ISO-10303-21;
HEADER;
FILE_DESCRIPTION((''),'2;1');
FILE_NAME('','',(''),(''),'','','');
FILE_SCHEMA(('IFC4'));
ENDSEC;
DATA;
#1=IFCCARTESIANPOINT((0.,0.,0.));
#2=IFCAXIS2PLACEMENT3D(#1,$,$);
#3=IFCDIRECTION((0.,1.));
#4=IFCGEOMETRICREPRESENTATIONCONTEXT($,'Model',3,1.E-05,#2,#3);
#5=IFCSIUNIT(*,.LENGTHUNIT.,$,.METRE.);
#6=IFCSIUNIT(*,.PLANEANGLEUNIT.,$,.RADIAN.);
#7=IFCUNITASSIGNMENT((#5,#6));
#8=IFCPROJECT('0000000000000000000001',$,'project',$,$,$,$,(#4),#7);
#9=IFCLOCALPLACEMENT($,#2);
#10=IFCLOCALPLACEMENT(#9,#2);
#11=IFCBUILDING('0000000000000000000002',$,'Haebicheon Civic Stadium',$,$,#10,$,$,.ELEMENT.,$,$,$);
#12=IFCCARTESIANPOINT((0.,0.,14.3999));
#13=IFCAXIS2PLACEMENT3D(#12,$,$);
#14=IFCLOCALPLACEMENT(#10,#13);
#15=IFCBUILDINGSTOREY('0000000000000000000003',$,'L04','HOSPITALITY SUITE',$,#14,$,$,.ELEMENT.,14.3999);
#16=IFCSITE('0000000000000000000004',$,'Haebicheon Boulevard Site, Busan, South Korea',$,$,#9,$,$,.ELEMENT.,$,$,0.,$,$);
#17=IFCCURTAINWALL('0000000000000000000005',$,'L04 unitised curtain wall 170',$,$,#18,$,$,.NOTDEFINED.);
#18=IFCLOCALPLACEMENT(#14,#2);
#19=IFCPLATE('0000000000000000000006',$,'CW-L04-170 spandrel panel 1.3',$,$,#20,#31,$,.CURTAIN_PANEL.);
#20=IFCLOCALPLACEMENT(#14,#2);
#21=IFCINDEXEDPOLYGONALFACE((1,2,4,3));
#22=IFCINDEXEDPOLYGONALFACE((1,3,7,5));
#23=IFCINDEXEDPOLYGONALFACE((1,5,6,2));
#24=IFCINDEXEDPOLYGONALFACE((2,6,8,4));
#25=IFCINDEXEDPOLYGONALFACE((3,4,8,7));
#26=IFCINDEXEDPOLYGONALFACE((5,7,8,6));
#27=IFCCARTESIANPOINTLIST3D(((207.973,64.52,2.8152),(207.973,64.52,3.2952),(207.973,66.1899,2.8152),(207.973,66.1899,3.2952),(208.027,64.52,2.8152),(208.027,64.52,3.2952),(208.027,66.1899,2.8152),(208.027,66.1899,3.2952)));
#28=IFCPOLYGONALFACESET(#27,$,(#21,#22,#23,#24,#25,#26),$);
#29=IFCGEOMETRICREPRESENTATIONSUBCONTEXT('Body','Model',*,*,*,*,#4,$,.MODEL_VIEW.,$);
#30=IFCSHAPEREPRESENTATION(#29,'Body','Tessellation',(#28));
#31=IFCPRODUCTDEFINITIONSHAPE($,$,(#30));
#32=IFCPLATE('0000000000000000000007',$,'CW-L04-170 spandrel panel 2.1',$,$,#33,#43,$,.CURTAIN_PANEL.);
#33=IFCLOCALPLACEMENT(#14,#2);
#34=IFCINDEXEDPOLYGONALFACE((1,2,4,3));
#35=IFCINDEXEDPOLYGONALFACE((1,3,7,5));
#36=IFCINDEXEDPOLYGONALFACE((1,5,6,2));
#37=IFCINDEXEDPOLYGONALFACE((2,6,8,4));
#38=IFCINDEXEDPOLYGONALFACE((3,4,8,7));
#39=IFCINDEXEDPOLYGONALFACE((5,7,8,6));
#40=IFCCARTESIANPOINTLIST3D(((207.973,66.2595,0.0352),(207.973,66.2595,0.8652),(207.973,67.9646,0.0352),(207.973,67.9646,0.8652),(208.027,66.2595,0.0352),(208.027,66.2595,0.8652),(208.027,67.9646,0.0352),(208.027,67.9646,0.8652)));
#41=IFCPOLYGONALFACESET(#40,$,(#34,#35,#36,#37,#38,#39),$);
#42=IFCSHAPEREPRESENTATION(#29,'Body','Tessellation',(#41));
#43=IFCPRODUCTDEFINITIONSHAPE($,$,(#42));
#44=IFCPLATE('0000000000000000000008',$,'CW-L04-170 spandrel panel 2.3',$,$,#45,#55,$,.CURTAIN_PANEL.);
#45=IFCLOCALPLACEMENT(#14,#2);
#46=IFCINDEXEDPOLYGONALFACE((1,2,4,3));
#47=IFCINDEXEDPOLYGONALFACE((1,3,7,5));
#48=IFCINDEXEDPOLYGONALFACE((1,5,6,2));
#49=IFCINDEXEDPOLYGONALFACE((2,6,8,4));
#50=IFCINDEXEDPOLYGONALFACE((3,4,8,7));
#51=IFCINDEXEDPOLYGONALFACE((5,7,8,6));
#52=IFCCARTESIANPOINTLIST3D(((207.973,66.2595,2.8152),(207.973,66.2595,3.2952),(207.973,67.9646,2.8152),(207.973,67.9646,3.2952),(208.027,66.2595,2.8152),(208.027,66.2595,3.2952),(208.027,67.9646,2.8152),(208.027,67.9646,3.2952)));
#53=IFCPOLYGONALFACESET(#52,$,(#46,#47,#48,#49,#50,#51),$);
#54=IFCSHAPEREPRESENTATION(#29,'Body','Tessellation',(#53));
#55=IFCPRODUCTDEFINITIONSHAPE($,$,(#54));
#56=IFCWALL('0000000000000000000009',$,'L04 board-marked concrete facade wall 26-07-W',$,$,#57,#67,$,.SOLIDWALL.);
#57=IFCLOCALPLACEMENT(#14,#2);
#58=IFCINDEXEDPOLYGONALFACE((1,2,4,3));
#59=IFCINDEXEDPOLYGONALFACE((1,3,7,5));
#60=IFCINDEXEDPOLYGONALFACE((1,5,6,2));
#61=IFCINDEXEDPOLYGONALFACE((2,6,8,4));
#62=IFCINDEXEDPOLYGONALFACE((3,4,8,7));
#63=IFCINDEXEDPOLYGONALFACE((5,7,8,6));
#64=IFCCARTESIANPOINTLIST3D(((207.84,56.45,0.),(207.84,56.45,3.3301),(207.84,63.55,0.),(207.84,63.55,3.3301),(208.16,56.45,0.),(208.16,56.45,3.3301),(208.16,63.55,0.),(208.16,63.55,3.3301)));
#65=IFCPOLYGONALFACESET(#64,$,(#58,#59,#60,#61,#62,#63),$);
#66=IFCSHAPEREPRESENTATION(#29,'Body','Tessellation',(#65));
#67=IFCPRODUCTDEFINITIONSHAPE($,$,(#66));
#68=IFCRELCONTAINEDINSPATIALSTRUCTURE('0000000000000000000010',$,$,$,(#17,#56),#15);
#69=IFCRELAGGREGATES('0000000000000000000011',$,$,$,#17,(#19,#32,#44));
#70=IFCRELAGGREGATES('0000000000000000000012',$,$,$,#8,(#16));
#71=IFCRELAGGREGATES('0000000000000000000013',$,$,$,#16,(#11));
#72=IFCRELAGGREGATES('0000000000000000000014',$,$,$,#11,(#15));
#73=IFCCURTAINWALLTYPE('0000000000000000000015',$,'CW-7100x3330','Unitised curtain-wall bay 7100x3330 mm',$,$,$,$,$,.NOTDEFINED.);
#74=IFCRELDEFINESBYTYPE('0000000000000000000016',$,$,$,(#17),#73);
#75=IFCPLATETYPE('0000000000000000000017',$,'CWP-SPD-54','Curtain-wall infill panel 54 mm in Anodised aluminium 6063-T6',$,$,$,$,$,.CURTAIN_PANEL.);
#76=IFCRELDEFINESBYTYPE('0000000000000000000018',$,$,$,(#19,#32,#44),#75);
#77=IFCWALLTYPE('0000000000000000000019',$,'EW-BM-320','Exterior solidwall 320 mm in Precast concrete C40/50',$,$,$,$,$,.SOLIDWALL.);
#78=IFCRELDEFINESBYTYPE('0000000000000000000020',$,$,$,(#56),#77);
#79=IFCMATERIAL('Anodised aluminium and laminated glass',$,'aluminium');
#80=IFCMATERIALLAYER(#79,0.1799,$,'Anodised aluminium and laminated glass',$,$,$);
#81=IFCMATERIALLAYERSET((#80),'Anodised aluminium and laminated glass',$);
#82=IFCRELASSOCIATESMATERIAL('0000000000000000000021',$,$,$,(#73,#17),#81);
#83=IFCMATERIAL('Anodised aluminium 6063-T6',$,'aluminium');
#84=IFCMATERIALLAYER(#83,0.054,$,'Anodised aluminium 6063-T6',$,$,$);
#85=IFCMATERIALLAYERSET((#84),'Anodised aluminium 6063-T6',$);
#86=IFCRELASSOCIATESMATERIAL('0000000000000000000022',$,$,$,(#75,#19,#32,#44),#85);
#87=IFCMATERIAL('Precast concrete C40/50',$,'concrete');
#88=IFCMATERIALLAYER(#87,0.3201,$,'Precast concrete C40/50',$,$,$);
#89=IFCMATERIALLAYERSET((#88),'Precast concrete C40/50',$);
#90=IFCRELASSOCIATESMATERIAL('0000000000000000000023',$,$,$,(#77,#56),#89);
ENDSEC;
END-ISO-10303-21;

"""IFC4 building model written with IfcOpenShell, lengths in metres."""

from ifc_helpers import new_model, si_unit, direction, frame, frame_2d, origin, origin_2d, place, context, subcontext, project, spatial, rectangle, extrude, material, layer, layer_set, type_object, element, aggregate, save


model = new_model("IFC4")

# Units and contexts
model_context = context("Model", 3, precision=1e-05, world=origin(), true_north=direction((0.0, 1.0)))
body_context = subcontext(model_context, "Body", "Model", "MODEL_VIEW")
ifc_project = project(units=[si_unit("LENGTHUNIT", "METRE"), si_unit("PLANEANGLEUNIT", "RADIAN")], contexts=[model_context])

# Site, building, storey
site_placement = place(None, origin())
site = spatial("IfcSite", under=ifc_project, at=site_placement, Name="Haebicheon Boulevard Site, Busan, South Korea", CompositionType="ELEMENT", RefElevation=0.0)
building_placement = place(site_placement, origin())
building = spatial("IfcBuilding", under=site, at=building_placement, Name="Haebicheon Civic Stadium", CompositionType="ELEMENT")
storey_placement = place(building_placement, frame((0.0, 0.0, 14.3999)))
storey = spatial("IfcBuildingStorey", under=building, at=storey_placement, Name="L04", Description="HOSPITALITY SUITE", CompositionType="ELEMENT", Elevation=14.3999)

# Curtain wall
ifc_material_1 = material(Name="Anodised aluminium and laminated glass", Category="aluminium")
ifc_layer_1 = layer(ifc_material_1, 0.1799, Name="Anodised aluminium and laminated glass")
ifc_layer_set_1 = layer_set([ifc_layer_1], Name="Anodised aluminium and laminated glass")
curtain_wall_type = type_object("IfcCurtainWallType", Name="CW-7100x3330", Description="Unitised curtain-wall bay 7100x3330 mm", PredefinedType="NOTDEFINED", material=ifc_layer_set_1)
curtain_wall_1_placement = place(storey_placement, origin())
curtain_wall_1 = element("IfcCurtainWall", 1, at=curtain_wall_1_placement, inside=storey, type_object=curtain_wall_type, material=ifc_layer_set_1, Name="L04 unitised curtain wall 170", PredefinedType="NOTDEFINED")

# Plates
ifc_material_2 = material(Name="Anodised aluminium 6063-T6", Category="aluminium")
ifc_layer_2 = layer(ifc_material_2, 0.054, Name="Anodised aluminium 6063-T6")
ifc_layer_set_2 = layer_set([ifc_layer_2], Name="Anodised aluminium 6063-T6")
plate_type_1 = type_object("IfcPlateType", Name="CWP-SPD-54", Description="Curtain-wall infill panel 54 mm in Anodised aluminium 6063-T6", PredefinedType="CURTAIN_PANEL", material=ifc_layer_set_2)
plate_1_placement = place(storey_placement, frame((208.0, 65.355, 2.8152), z_axis=(0.0, 0.0, 1.0), x_axis=(0.0, 1.0, 0.0)))
plate_1 = element("IfcPlate", 2, at=plate_1_placement, type_object=plate_type_1, material=ifc_layer_set_2, Name="CW-L04-170 spandrel panel 1.3", PredefinedType="CURTAIN_PANEL", context=body_context, shape_type="SweptSolid", body=[
    extrude(rectangle(XDim=1.6699, YDim=0.054, at=origin_2d()), origin(), (0.0, 0.0, 1.0), 0.48),
])
plate_2_placement = place(storey_placement, frame((208.0, 67.1121, 0.0352), z_axis=(0.0, 0.0, 1.0), x_axis=(0.0, 1.0, 0.0)))
plate_2 = element("IfcPlate", 3, at=plate_2_placement, type_object=plate_type_1, material=ifc_layer_set_2, Name="CW-L04-170 spandrel panel 2.1", PredefinedType="CURTAIN_PANEL", context=body_context, shape_type="SweptSolid", body=[
    extrude(rectangle(XDim=1.7051, YDim=0.054, at=origin_2d()), origin(), (0.0, 0.0, 1.0), 0.8301),
])
plate_3_placement = place(storey_placement, frame((208.0, 67.1121, 2.8152), z_axis=(0.0, 0.0, 1.0), x_axis=(0.0, 1.0, 0.0)))
plate_3 = element("IfcPlate", 4, at=plate_3_placement, type_object=plate_type_1, material=ifc_layer_set_2, Name="CW-L04-170 spandrel panel 2.3", PredefinedType="CURTAIN_PANEL", context=body_context, shape_type="SweptSolid", body=[
    extrude(rectangle(XDim=1.7051, YDim=0.054, at=origin_2d()), origin(), (0.0, 0.0, 1.0), 0.48),
])
aggregate(curtain_wall_1, [plate_1, plate_2, plate_3])

# Wall
ifc_material_3 = material(Name="Precast concrete C40/50", Category="concrete")
ifc_layer_3 = layer(ifc_material_3, 0.3201, Name="Precast concrete C40/50")
ifc_layer_set_3 = layer_set([ifc_layer_3], Name="Precast concrete C40/50")
wall_type = type_object("IfcWallType", Name="EW-BM-320", Description="Exterior solidwall 320 mm in Precast concrete C40/50", PredefinedType="SOLIDWALL", material=ifc_layer_set_3)
wall_placement = place(storey_placement, frame((208.0, 56.45, 0.0), z_axis=(0.0, 0.0, 1.0), x_axis=(0.0, 1.0, 0.0)))
element("IfcWall", 5, at=wall_placement, inside=storey, type_object=wall_type, material=ifc_layer_set_3, Name="L04 board-marked concrete facade wall 26-07-W", PredefinedType="SOLIDWALL", context=body_context, shape_type="SweptSolid", body=[
    extrude(rectangle(XDim=7.1001, YDim=0.3201, at=frame_2d((3.55, 0.0))), origin(), (0.0, 0.0, 1.0), 3.3301),
])

save(model, "model.ifc")
